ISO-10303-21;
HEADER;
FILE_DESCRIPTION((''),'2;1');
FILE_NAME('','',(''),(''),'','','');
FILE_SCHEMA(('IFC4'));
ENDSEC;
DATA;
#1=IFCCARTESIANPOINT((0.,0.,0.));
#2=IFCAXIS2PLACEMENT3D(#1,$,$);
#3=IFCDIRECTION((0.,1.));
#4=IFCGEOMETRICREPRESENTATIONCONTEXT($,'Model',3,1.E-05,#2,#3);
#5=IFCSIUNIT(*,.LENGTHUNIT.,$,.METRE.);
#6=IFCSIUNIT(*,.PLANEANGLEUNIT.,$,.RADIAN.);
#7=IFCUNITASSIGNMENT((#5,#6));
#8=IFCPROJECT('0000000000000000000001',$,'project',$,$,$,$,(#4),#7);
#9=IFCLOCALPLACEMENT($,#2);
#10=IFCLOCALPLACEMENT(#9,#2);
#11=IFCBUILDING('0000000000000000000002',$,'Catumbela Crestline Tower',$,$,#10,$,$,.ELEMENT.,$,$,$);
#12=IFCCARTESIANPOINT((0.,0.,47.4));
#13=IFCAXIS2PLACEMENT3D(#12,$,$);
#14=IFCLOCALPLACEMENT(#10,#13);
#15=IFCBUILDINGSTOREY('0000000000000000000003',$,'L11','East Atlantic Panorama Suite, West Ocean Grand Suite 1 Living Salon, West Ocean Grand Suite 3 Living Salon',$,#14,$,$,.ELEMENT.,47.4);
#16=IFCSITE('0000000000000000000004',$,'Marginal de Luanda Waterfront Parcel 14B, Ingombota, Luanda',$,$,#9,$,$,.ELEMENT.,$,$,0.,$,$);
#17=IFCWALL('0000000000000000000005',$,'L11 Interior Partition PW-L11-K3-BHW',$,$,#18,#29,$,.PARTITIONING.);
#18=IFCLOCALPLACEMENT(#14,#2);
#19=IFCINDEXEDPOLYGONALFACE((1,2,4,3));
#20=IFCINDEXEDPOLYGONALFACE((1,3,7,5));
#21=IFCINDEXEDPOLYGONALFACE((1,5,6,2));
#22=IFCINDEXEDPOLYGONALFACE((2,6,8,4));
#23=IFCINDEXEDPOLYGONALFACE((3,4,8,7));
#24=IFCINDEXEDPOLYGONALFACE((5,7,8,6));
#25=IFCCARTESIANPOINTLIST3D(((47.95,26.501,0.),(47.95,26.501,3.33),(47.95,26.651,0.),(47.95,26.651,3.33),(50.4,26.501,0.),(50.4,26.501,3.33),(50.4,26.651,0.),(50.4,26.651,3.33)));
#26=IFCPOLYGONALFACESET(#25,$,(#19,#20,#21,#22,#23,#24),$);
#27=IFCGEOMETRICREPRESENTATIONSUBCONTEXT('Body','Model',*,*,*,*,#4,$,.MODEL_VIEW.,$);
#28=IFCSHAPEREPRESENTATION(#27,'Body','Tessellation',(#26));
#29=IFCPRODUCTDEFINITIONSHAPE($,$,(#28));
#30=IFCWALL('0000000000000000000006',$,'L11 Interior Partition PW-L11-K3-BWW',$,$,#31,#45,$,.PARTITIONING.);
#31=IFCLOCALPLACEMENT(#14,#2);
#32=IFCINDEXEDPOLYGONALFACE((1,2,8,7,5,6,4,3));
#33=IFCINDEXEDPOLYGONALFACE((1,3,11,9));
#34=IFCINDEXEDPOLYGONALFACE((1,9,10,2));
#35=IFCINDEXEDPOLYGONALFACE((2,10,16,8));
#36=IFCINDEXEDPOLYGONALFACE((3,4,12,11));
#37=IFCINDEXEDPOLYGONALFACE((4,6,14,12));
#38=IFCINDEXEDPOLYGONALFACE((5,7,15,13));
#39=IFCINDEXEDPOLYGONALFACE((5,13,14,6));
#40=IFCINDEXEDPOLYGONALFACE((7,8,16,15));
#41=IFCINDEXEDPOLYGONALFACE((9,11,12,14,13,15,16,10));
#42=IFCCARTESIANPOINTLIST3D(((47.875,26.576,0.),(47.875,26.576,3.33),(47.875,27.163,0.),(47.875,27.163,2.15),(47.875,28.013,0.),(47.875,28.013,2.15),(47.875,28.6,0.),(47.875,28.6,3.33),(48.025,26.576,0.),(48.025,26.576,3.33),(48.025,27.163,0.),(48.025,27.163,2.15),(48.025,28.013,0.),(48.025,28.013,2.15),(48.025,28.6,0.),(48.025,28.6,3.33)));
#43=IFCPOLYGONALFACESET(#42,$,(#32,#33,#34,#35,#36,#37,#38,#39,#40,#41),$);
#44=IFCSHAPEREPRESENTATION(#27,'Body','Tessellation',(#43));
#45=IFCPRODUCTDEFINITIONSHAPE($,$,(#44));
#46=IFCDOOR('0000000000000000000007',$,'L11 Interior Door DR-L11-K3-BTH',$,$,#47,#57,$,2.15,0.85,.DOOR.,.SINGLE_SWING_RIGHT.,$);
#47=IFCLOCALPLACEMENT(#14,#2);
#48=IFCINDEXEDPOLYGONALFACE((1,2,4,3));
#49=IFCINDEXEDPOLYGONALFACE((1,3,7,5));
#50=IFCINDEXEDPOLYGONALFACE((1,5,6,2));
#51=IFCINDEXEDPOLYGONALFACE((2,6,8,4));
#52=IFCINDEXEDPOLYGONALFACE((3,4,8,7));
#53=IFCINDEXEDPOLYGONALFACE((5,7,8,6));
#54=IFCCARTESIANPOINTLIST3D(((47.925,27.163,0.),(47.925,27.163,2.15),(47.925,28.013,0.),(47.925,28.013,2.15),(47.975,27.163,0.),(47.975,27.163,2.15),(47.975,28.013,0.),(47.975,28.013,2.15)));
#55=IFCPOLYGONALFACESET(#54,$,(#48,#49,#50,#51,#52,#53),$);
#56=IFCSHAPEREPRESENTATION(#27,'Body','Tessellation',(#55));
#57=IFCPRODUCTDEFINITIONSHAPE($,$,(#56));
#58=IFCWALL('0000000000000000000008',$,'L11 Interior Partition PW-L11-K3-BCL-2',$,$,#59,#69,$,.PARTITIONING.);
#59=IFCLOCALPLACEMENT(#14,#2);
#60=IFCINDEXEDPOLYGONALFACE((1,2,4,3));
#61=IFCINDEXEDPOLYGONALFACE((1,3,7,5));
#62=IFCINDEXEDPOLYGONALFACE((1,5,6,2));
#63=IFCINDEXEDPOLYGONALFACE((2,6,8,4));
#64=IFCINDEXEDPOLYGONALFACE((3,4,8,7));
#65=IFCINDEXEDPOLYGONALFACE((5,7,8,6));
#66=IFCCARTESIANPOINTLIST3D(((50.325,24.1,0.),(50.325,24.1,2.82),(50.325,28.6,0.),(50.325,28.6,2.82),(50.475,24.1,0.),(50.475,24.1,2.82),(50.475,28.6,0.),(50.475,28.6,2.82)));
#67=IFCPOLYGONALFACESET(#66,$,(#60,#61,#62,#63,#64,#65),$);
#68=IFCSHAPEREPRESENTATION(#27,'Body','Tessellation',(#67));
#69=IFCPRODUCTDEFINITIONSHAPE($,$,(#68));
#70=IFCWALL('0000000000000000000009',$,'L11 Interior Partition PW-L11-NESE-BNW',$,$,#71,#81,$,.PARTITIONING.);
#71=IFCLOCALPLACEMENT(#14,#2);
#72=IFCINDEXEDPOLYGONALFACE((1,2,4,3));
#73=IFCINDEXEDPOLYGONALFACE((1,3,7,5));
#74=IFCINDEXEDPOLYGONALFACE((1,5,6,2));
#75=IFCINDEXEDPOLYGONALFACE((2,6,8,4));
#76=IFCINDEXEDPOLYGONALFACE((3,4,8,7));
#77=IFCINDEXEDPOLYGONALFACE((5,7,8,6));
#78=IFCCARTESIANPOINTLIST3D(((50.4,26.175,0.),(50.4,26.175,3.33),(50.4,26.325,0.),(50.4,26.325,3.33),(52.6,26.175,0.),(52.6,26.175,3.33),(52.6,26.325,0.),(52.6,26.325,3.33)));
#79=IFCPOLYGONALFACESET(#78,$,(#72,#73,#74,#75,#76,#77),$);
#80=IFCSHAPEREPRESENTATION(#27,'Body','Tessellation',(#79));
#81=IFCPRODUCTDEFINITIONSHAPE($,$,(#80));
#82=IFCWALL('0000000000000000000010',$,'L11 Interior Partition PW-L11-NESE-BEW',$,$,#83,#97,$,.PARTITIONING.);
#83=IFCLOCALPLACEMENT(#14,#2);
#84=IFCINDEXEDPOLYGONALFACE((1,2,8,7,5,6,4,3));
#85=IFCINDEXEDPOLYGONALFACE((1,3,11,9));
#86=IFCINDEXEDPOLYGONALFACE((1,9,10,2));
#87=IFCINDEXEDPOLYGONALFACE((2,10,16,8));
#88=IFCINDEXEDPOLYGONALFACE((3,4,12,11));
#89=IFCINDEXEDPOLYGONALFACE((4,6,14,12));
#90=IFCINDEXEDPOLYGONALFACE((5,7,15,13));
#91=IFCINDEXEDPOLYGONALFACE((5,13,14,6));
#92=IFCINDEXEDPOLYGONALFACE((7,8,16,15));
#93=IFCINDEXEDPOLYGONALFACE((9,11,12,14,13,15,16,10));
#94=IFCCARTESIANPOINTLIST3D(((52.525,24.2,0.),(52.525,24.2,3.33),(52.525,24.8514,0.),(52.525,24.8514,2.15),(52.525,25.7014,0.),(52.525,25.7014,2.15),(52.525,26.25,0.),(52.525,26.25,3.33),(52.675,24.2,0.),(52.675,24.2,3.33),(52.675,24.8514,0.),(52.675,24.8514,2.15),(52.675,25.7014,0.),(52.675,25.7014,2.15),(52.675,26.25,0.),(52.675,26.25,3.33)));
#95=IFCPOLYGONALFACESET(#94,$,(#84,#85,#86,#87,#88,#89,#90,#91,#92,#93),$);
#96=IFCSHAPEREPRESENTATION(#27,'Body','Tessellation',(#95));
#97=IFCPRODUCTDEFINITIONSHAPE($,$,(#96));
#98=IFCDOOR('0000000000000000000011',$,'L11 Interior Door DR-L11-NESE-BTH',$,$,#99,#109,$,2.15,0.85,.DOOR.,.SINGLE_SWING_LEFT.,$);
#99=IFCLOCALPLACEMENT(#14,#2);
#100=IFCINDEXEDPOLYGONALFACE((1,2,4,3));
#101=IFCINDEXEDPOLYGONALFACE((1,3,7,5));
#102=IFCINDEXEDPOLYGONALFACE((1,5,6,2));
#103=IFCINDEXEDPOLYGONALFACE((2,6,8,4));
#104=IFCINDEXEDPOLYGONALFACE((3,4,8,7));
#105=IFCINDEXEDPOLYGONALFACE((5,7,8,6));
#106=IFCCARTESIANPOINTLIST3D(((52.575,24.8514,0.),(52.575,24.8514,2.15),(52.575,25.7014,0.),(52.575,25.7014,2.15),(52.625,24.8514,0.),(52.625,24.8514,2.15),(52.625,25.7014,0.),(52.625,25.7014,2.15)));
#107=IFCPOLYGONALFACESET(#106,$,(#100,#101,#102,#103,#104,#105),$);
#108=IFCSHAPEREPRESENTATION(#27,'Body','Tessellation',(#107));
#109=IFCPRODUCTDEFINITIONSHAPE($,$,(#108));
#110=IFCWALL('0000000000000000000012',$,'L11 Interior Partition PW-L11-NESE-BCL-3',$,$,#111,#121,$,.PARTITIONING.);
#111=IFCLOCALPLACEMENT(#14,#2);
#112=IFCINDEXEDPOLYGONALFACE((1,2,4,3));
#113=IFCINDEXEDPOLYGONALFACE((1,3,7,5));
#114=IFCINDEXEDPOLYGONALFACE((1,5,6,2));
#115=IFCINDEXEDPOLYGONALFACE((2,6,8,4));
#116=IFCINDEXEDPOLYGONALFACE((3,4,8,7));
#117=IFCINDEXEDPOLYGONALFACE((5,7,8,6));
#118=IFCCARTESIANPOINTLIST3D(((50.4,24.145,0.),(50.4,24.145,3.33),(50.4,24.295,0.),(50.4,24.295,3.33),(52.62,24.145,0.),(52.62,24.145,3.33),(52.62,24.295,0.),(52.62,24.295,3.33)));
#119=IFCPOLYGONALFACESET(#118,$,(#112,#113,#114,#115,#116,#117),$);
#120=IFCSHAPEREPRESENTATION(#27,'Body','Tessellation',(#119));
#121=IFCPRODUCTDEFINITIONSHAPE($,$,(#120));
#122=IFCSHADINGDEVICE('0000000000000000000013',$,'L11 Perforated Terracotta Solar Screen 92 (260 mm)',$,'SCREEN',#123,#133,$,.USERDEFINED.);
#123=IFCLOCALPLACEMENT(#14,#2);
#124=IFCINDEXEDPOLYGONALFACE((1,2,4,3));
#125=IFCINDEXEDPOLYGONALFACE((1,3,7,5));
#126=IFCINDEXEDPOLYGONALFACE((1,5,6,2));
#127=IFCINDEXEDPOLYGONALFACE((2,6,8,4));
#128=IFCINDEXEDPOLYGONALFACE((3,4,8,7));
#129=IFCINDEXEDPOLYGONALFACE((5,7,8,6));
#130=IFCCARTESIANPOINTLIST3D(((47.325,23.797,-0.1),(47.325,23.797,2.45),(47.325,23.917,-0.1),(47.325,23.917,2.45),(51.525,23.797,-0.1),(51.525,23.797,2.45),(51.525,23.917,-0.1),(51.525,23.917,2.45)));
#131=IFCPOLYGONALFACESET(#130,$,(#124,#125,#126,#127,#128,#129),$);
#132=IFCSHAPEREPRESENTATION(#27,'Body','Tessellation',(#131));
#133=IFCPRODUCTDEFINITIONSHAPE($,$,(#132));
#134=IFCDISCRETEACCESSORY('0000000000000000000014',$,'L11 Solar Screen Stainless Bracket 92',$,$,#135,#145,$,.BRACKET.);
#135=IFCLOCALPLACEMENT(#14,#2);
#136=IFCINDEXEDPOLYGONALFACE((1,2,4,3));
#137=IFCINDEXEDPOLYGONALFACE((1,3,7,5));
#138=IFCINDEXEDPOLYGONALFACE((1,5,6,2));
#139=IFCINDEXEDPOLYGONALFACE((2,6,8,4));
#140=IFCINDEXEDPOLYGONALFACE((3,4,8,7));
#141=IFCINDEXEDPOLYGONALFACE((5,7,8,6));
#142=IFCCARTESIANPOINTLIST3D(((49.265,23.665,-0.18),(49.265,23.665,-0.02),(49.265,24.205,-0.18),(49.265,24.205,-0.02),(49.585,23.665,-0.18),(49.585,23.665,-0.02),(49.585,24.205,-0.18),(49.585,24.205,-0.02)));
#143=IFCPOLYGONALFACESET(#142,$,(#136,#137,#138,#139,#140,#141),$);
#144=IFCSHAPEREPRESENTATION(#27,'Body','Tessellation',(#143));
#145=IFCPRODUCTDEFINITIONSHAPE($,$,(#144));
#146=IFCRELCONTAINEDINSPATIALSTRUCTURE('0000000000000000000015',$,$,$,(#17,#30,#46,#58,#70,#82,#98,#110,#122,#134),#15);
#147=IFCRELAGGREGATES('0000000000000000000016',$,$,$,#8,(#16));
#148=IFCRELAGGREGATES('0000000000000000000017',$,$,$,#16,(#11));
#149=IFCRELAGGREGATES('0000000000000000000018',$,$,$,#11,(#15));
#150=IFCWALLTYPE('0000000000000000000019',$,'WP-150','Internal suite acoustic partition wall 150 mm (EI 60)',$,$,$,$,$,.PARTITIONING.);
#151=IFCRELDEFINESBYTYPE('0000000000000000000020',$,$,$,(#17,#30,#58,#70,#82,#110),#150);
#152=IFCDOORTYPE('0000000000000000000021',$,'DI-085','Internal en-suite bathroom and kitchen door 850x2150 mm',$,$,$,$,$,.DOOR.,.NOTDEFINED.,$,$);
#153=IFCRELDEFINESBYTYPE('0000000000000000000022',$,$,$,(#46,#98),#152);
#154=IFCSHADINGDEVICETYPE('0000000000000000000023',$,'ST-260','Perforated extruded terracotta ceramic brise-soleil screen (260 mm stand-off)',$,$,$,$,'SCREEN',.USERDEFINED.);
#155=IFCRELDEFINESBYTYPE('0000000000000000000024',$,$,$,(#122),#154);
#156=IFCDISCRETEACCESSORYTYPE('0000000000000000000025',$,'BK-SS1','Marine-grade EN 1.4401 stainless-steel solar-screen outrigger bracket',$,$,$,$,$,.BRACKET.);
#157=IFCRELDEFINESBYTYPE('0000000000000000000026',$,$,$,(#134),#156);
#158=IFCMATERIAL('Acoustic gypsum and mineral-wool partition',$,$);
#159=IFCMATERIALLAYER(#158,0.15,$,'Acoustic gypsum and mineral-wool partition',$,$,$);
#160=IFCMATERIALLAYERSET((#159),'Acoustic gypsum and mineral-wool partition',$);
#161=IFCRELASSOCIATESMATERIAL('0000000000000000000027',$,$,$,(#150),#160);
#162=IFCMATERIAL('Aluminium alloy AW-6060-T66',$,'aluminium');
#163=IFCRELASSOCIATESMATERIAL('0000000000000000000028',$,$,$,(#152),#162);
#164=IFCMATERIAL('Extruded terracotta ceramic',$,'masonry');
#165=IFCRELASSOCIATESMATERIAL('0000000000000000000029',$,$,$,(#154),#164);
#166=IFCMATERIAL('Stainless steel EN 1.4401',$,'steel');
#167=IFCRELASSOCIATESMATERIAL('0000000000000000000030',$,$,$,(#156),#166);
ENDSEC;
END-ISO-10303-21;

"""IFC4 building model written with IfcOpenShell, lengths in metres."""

from ifc_helpers import new_model, si_unit, direction, frame, frame_2d, origin, origin_2d, place, context, subcontext, project, spatial, rectangle, extrude, material, layer, layer_set, type_object, element, fill, save


model = new_model("IFC4")

# Units and contexts
model_context = context("Model", 3, precision=1e-05, world=origin(), true_north=direction((0.0, 1.0)))
body_context = subcontext(model_context, "Body", "Model", "MODEL_VIEW")
ifc_project = project(units=[si_unit("LENGTHUNIT", "METRE"), si_unit("PLANEANGLEUNIT", "RADIAN")], contexts=[model_context])

# Site, building, storey
site_placement = place(None, origin())
site = spatial("IfcSite", under=ifc_project, at=site_placement, Name="Marginal de Luanda Waterfront Parcel 14B, Ingombota, Luanda", CompositionType="ELEMENT", RefElevation=0.0)
building_placement = place(site_placement, origin())
building = spatial("IfcBuilding", under=site, at=building_placement, Name="Catumbela Crestline Tower", CompositionType="ELEMENT")
storey_placement = place(building_placement, frame((0.0, 0.0, 47.4)))
storey = spatial("IfcBuildingStorey", under=building, at=storey_placement, Name="L11", Description="East Atlantic Panorama Suite, West Ocean Grand Suite 1 Living Salon, West Ocean Grand Suite 3 Living Salon", CompositionType="ELEMENT", Elevation=47.4)

# Shared definitions
ifc_material_1 = material(Name="Aluminium alloy AW-6060-T66", Category="aluminium")

# Shared definitions
ifc_material_2 = material(Name="Acoustic gypsum and mineral-wool partition")

# Wall
ifc_layer_1 = layer(ifc_material_2, 0.15, Name="Acoustic gypsum and mineral-wool partition")
ifc_layer_set_1 = layer_set([ifc_layer_1], Name="Acoustic gypsum and mineral-wool partition")
wall_type_1 = type_object("IfcWallType", Name="WP-150", Description="Internal suite acoustic partition wall 150 mm (EI 60)", PredefinedType="PARTITIONING", material=ifc_layer_set_1)
wall_1_placement = place(storey_placement, frame((47.95, 26.576, 0.0), z_axis=(0.0, 0.0, 1.0), x_axis=(1.0, 0.0, 0.0)))
element("IfcWall", 1, at=wall_1_placement, inside=storey, type_object=wall_type_1, Name="L11 Interior Partition PW-L11-K3-BHW", PredefinedType="PARTITIONING", context=body_context, shape_type="SweptSolid", body=[
    extrude(rectangle(XDim=2.45, YDim=0.15, at=frame_2d((1.225, 0.0))), origin(), (0.0, 0.0, 1.0), 3.33),
])

# Wall, opening, door
wall_2_placement = place(storey_placement, frame((47.95, 26.576, 0.0), z_axis=(0.0, 0.0, 1.0), x_axis=(0.0, 1.0, 0.0)))
wall_2 = element("IfcWall", 2, at=wall_2_placement, inside=storey, type_object=wall_type_1, Name="L11 Interior Partition PW-L11-K3-BWW", PredefinedType="PARTITIONING", context=body_context, shape_type="SweptSolid", body=[
    extrude(rectangle(XDim=2.024, YDim=0.15, at=frame_2d((1.012, 0.0))), origin(), (0.0, 0.0, 1.0), 3.33),
])
opening_1_placement = place(wall_2_placement, frame((0.587, 0.0, 0.0)))
opening_1 = element("IfcOpeningElement", 3, at=opening_1_placement, cuts=wall_2, PredefinedType="OPENING", context=body_context, shape_type="SweptSolid", body=[
    extrude(rectangle(XDim=0.85, YDim=2.15, at=frame_2d((0.425, 1.075))), frame((0.0, 0.085, 0.0), z_axis=(0.0, -1.0, 0.0), x_axis=(1.0, 0.0, 0.0)), (0.0, 0.0, 1.0), 0.17),
])
door_type_1 = type_object("IfcDoorType", Name="DI-085", Description="Internal en-suite bathroom and kitchen door 850x2150 mm", OperationType="NOTDEFINED", PredefinedType="DOOR", material=ifc_material_1)
door_1_placement = place(opening_1_placement, origin())
door_1 = element("IfcDoor", 4, at=door_1_placement, inside=storey, type_object=door_type_1, Name="L11 Interior Door DR-L11-K3-BTH", OperationType="SINGLE_SWING_RIGHT", OverallHeight=2.15, OverallWidth=0.85, PredefinedType="DOOR", context=body_context, shape_type="SweptSolid", body=[
    extrude(rectangle(XDim=0.85, YDim=2.15, at=frame_2d((0.425, 1.075))), frame((0.0, 0.025, 0.0), z_axis=(0.0, -1.0, 0.0), x_axis=(1.0, 0.0, 0.0)), (0.0, 0.0, 1.0), 0.05),
])
fill(opening_1, door_1)

# Walls
wall_3_placement = place(storey_placement, frame((50.4, 28.6, 0.0), z_axis=(0.0, 0.0, 1.0), x_axis=(0.0, -1.0, 0.0)))
element("IfcWall", 5, at=wall_3_placement, inside=storey, type_object=wall_type_1, Name="L11 Interior Partition PW-L11-K3-BCL-2", PredefinedType="PARTITIONING", context=body_context, shape_type="SweptSolid", body=[
    extrude(rectangle(XDim=4.5, YDim=0.15, at=frame_2d((2.25, 0.0))), origin(), (0.0, 0.0, 1.0), 2.82),
])
wall_4_placement = place(storey_placement, frame((50.4, 26.25, 0.0), z_axis=(0.0, 0.0, 1.0), x_axis=(1.0, 0.0, 0.0)))
element("IfcWall", 6, at=wall_4_placement, inside=storey, type_object=wall_type_1, Name="L11 Interior Partition PW-L11-NESE-BNW", PredefinedType="PARTITIONING", context=body_context, shape_type="SweptSolid", body=[
    extrude(rectangle(XDim=2.2, YDim=0.15, at=frame_2d((1.1, 0.0))), origin(), (0.0, 0.0, 1.0), 3.33),
])

# Wall, opening, door
wall_5_placement = place(storey_placement, frame((52.6, 24.2, 0.0), z_axis=(0.0, 0.0, 1.0), x_axis=(0.0, 1.0, 0.0)))
wall_5 = element("IfcWall", 7, at=wall_5_placement, inside=storey, type_object=wall_type_1, Name="L11 Interior Partition PW-L11-NESE-BEW", PredefinedType="PARTITIONING", context=body_context, shape_type="SweptSolid", body=[
    extrude(rectangle(XDim=2.05, YDim=0.15, at=frame_2d((1.025, 0.0))), origin(), (0.0, 0.0, 1.0), 3.33),
])
opening_2_placement = place(wall_5_placement, frame((0.6514, 0.0, 0.0)))
opening_2 = element("IfcOpeningElement", 8, at=opening_2_placement, cuts=wall_5, PredefinedType="OPENING", context=body_context, shape_type="SweptSolid", body=[
    extrude(rectangle(XDim=0.85, YDim=2.15, at=frame_2d((0.425, 1.075))), frame((0.0, 0.085, 0.0), z_axis=(0.0, -1.0, 0.0), x_axis=(1.0, 0.0, 0.0)), (0.0, 0.0, 1.0), 0.17),
])
door_2_placement = place(opening_2_placement, origin())
door_2 = element("IfcDoor", 9, at=door_2_placement, inside=storey, type_object=door_type_1, Name="L11 Interior Door DR-L11-NESE-BTH", OperationType="SINGLE_SWING_LEFT", OverallHeight=2.15, OverallWidth=0.85, PredefinedType="DOOR", context=body_context, shape_type="SweptSolid", body=[
    extrude(rectangle(XDim=0.85, YDim=2.15, at=frame_2d((0.425, 1.075))), frame((0.0, 0.025, 0.0), z_axis=(0.0, -1.0, 0.0), x_axis=(1.0, 0.0, 0.0)), (0.0, 0.0, 1.0), 0.05),
])
fill(opening_2, door_2)

# Wall
wall_6_placement = place(storey_placement, frame((52.62, 24.22, 0.0), z_axis=(0.0, 0.0, 1.0), x_axis=(-1.0, 0.0, 0.0)))
element("IfcWall", 10, at=wall_6_placement, inside=storey, type_object=wall_type_1, Name="L11 Interior Partition PW-L11-NESE-BCL-3", PredefinedType="PARTITIONING", context=body_context, shape_type="SweptSolid", body=[
    extrude(rectangle(XDim=2.22, YDim=0.15, at=frame_2d((1.11, 0.0))), origin(), (0.0, 0.0, 1.0), 3.33),
])

# Shading device
ifc_material_3 = material(Name="Extruded terracotta ceramic", Category="masonry")
shading_device_type = type_object("IfcShadingDeviceType", Name="ST-260", Description="Perforated extruded terracotta ceramic brise-soleil screen (260 mm stand-off)", ElementType="SCREEN", PredefinedType="USERDEFINED", material=ifc_material_3)
shading_device_placement = place(storey_placement, frame((49.425, 23.857, -0.1), z_axis=(0.0, 0.0, 1.0), x_axis=(1.0, 0.0, 0.0)))
element("IfcShadingDevice", 11, at=shading_device_placement, inside=storey, type_object=shading_device_type, Name="L11 Perforated Terracotta Solar Screen 92 (260 mm)", ObjectType="SCREEN", PredefinedType="USERDEFINED", context=body_context, shape_type="SweptSolid", body=[
    extrude(rectangle(XDim=4.2, YDim=0.12, at=origin_2d()), origin(), (0.0, 0.0, 1.0), 2.55),
])

# Discrete accessory
ifc_material_4 = material(Name="Stainless steel EN 1.4401", Category="steel")
discrete_accessory_type = type_object("IfcDiscreteAccessoryType", Name="BK-SS1", Description="Marine-grade EN 1.4401 stainless-steel solar-screen outrigger bracket", PredefinedType="BRACKET", material=ifc_material_4)
discrete_accessory_placement = place(storey_placement, frame((49.425, 23.935, -0.18), z_axis=(0.0, 0.0, 1.0), x_axis=(1.0, 0.0, 0.0)))
element("IfcDiscreteAccessory", 12, at=discrete_accessory_placement, inside=storey, type_object=discrete_accessory_type, Name="L11 Solar Screen Stainless Bracket 92", PredefinedType="BRACKET", context=body_context, shape_type="SweptSolid", body=[
    extrude(rectangle(XDim=0.32, YDim=0.54, at=origin_2d()), origin(), (0.0, 0.0, 1.0), 0.16),
])

save(model, "model.ifc")
